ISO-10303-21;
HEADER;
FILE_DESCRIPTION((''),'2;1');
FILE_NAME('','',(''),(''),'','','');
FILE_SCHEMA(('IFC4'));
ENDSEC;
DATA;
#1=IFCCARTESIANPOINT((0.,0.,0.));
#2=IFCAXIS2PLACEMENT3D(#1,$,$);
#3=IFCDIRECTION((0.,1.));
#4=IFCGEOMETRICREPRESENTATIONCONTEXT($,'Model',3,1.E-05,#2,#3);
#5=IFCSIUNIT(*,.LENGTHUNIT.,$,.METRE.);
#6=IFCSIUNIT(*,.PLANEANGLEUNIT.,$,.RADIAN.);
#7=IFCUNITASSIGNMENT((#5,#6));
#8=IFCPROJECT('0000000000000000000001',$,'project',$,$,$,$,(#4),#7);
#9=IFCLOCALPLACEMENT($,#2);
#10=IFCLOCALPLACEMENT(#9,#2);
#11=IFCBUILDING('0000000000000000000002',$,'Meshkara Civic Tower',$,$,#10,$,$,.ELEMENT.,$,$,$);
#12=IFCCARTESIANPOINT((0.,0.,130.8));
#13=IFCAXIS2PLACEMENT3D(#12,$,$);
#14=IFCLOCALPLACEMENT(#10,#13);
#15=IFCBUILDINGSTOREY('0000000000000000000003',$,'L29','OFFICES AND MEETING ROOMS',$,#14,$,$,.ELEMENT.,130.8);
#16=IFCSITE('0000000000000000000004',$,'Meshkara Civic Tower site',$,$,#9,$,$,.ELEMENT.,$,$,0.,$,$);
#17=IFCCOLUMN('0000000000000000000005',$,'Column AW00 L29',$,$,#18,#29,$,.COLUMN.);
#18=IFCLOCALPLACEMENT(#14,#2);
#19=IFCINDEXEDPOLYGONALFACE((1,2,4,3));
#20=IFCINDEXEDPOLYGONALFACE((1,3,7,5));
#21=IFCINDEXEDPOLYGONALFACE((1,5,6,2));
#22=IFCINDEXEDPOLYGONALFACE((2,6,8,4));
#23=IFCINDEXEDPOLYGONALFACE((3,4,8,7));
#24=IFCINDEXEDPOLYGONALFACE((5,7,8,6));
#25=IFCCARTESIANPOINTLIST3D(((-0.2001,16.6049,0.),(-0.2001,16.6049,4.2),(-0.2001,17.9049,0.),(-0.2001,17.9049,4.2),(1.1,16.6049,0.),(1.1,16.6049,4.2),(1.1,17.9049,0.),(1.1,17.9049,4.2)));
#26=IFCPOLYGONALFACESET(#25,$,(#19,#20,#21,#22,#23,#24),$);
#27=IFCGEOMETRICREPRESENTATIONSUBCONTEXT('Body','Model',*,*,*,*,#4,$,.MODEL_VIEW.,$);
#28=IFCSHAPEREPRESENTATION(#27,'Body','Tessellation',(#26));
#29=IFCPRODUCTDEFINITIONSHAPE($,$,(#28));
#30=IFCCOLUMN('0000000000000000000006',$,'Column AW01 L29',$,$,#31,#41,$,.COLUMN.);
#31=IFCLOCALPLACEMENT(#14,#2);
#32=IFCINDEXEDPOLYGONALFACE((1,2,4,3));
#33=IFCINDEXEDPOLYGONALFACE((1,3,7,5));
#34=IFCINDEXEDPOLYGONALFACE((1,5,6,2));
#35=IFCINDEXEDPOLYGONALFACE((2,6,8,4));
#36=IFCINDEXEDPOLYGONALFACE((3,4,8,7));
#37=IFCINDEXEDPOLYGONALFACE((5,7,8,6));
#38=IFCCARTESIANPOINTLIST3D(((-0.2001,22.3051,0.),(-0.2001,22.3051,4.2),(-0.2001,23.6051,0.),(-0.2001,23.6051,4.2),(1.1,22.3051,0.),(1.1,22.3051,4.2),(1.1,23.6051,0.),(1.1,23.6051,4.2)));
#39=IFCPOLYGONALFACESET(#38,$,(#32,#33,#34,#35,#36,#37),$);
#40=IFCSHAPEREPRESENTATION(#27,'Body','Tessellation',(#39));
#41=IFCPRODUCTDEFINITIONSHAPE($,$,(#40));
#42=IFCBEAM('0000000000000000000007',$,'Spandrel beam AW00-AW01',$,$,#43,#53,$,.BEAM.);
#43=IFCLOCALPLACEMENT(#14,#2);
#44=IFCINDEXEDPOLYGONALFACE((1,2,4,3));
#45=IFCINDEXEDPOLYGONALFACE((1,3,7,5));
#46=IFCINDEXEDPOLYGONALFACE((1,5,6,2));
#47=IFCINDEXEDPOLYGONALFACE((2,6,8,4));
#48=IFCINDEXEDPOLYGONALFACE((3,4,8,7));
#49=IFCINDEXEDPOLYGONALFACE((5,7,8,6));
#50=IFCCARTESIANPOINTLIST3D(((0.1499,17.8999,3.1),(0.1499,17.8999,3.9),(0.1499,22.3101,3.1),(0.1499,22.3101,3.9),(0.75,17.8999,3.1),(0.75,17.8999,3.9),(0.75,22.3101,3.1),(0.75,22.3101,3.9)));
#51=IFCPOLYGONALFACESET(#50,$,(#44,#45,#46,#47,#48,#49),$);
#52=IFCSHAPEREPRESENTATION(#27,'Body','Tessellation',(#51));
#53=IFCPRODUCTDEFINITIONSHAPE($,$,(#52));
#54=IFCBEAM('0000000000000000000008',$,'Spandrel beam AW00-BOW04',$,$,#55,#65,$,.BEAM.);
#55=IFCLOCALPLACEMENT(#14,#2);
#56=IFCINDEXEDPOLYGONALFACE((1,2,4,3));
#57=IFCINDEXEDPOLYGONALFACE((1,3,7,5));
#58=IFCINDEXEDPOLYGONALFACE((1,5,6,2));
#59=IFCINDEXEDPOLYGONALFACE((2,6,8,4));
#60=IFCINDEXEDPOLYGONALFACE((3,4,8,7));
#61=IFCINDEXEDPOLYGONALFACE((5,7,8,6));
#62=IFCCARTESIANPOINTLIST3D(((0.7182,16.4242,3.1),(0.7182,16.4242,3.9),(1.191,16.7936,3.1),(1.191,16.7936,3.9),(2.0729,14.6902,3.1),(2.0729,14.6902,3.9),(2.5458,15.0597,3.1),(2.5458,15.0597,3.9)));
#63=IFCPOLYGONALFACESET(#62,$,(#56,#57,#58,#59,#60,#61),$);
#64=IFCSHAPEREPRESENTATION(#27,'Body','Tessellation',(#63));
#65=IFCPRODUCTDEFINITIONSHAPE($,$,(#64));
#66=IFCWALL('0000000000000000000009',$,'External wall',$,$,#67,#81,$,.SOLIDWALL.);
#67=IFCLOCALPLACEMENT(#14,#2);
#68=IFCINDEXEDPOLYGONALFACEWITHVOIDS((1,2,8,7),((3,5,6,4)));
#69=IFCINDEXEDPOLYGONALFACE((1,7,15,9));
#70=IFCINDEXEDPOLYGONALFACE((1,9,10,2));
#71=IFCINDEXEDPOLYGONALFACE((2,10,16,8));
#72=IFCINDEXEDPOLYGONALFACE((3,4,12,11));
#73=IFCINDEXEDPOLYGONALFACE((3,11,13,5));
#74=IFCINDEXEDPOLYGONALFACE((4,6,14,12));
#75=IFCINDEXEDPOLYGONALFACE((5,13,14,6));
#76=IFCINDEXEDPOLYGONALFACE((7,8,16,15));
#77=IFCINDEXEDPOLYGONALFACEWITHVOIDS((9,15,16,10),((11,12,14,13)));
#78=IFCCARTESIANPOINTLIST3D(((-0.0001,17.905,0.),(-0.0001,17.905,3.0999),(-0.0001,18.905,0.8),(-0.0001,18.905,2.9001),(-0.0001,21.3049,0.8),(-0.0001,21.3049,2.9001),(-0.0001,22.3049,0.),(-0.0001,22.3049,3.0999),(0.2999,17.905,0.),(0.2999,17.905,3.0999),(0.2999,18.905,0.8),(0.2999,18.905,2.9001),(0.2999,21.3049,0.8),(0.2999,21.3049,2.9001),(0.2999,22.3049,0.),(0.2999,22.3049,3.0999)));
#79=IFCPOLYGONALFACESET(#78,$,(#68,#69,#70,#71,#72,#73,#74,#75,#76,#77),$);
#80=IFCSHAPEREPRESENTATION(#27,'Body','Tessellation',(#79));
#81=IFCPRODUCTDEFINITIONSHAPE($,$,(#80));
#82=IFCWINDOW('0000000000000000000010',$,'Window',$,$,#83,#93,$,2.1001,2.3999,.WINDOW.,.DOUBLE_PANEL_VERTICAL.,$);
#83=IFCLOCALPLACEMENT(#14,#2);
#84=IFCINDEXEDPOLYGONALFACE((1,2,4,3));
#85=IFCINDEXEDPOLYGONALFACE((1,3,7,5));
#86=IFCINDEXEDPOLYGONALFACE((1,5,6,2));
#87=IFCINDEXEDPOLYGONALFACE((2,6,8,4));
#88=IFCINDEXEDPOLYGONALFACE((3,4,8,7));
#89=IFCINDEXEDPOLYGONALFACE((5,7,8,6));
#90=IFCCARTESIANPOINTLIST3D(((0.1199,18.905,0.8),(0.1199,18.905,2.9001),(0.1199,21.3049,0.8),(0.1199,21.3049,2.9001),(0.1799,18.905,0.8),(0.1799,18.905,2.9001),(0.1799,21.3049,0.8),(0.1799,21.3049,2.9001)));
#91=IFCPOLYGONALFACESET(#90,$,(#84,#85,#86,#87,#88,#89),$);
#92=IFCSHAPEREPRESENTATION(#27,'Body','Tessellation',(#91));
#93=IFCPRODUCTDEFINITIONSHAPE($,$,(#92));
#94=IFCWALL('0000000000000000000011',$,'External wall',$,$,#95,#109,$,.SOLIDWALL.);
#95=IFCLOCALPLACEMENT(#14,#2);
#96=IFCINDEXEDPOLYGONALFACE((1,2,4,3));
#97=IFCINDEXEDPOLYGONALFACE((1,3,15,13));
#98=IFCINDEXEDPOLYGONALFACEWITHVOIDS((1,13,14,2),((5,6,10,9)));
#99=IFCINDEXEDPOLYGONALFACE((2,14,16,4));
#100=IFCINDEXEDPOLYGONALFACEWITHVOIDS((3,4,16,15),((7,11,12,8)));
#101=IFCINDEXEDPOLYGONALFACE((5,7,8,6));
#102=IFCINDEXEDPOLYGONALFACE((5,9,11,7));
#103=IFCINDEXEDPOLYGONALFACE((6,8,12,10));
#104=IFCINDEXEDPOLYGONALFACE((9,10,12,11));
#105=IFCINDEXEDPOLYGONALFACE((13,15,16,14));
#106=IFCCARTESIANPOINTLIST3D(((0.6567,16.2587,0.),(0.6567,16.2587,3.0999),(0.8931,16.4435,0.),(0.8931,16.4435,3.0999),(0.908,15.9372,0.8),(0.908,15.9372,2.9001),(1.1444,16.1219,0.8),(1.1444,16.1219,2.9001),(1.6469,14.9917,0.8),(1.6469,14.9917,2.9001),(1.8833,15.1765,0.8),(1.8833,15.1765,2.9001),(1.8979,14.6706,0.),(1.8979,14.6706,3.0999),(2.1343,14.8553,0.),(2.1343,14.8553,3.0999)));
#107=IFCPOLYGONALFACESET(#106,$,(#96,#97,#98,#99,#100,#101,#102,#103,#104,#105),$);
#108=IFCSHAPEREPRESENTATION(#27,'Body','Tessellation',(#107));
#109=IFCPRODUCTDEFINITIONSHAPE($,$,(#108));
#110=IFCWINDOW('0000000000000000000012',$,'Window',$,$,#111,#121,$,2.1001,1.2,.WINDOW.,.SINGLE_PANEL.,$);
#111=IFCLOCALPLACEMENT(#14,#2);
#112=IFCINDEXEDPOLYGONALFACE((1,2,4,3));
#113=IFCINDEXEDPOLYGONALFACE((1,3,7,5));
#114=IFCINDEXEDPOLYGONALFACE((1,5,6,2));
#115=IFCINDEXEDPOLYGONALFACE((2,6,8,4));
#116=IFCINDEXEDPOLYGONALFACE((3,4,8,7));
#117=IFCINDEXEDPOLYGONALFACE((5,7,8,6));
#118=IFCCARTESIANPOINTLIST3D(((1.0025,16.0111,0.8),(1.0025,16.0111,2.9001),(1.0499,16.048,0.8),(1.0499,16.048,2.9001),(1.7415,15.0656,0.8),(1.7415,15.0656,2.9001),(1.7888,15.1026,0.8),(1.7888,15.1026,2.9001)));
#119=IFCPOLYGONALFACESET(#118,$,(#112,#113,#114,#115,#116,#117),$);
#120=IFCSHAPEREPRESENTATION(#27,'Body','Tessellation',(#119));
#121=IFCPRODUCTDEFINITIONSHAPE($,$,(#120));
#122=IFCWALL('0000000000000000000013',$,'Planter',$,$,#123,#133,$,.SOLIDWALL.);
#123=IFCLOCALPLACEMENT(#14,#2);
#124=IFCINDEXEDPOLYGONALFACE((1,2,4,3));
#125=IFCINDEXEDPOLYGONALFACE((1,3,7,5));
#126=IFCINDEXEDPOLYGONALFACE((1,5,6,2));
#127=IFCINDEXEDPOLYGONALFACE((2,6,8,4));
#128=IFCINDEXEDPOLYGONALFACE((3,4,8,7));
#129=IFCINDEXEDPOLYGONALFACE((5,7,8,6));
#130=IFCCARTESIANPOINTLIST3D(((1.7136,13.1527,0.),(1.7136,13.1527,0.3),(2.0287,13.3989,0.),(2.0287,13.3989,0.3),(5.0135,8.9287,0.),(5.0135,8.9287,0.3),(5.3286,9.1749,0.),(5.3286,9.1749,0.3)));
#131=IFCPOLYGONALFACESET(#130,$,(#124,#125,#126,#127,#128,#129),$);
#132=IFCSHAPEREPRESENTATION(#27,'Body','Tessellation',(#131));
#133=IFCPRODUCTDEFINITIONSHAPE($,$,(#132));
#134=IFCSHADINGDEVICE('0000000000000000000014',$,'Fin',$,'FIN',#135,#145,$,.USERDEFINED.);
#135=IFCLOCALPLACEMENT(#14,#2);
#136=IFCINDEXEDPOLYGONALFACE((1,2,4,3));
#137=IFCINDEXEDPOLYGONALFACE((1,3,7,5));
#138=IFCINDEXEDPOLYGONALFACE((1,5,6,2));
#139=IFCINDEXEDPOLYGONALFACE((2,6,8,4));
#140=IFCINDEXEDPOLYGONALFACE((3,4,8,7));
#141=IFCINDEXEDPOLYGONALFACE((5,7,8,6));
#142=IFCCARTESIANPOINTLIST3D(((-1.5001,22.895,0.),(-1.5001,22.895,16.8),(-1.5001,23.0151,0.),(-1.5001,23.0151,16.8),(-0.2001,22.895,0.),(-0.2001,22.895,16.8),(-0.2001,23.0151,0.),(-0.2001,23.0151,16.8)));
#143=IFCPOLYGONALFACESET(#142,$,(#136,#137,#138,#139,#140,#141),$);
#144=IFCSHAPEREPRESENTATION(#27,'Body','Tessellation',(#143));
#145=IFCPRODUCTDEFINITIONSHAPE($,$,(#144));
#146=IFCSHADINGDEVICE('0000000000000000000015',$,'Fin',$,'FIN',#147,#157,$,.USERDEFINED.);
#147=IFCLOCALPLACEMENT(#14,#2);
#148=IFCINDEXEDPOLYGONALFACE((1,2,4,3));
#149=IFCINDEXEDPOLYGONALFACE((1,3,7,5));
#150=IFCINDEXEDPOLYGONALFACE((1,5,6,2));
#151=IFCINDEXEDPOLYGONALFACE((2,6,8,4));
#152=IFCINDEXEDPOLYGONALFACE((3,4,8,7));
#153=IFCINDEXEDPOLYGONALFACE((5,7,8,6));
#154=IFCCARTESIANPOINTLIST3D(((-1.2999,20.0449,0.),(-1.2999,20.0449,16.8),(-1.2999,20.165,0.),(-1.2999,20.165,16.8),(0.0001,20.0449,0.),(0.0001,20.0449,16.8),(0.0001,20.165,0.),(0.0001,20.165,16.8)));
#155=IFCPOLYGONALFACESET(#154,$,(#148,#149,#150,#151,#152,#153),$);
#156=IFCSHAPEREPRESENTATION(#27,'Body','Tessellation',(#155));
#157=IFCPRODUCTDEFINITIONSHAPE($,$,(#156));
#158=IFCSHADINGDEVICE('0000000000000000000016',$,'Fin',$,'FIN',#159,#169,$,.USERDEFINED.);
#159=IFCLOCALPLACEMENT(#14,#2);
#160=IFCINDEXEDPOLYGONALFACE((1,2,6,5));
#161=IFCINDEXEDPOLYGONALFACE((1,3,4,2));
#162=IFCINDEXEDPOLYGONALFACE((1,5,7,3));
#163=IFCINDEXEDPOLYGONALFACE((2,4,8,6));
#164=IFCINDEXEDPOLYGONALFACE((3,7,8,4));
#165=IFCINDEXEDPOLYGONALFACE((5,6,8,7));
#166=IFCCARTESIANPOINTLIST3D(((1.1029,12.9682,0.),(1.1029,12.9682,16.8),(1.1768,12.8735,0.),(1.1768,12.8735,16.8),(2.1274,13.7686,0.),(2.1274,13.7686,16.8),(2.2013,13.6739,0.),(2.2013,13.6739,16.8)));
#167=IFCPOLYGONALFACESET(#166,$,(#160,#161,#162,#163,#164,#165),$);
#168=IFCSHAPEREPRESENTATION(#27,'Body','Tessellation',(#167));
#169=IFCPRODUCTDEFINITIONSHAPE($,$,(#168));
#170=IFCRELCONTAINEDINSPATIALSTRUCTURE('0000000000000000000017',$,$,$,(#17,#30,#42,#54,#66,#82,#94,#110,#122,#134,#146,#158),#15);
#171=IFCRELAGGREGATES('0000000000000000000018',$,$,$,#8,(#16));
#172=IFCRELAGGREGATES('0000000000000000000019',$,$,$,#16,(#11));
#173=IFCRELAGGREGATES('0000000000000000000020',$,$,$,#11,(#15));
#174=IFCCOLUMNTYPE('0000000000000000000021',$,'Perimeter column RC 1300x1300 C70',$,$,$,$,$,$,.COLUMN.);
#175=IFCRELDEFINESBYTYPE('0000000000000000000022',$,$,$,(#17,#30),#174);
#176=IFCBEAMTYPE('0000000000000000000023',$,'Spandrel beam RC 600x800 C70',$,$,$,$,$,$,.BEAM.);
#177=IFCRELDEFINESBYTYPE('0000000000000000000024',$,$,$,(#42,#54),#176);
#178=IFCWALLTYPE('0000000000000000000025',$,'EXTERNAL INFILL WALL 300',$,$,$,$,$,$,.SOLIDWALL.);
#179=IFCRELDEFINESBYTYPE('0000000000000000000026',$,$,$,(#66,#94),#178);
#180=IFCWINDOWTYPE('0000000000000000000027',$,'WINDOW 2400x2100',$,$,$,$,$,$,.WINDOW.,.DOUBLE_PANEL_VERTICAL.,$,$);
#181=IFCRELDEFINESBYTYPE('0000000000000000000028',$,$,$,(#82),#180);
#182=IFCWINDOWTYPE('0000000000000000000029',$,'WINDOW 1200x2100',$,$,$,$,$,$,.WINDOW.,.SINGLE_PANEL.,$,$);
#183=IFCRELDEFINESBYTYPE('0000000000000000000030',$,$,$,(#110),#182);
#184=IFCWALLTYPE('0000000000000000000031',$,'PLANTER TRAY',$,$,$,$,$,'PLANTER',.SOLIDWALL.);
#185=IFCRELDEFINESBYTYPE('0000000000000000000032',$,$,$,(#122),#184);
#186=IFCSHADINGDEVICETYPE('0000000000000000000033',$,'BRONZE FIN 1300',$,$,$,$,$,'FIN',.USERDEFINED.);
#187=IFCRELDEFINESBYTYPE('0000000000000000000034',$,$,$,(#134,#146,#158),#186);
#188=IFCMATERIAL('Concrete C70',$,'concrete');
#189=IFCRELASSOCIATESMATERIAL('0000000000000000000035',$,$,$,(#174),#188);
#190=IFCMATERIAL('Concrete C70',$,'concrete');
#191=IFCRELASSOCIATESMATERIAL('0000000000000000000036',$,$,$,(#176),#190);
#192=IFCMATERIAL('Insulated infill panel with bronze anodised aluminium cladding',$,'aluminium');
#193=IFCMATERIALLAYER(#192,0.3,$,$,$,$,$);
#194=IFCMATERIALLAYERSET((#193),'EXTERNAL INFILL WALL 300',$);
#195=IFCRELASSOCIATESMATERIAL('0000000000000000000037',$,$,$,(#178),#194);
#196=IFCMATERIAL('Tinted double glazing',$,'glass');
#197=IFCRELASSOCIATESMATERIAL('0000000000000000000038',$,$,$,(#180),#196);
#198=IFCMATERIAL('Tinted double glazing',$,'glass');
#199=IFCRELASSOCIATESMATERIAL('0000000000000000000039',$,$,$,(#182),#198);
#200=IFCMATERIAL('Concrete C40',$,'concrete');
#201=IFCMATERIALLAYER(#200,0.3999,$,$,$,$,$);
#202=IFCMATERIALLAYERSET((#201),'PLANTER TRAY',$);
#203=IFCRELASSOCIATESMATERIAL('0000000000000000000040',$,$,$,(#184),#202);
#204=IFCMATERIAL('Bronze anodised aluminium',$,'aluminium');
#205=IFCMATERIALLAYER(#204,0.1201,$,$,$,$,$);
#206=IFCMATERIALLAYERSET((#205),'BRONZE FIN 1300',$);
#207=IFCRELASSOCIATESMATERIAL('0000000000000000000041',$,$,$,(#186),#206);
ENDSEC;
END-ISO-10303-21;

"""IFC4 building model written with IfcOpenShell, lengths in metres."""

from ifc_helpers import new_model, si_unit, direction, frame, frame_2d, origin, origin_2d, place, context, subcontext, project, spatial, rectangle, extrude, material, layer, layer_set, material_profile, profile_set, type_object, element, fill, save


model = new_model("IFC4")

# Units and contexts
model_context = context("Model", 3, precision=1e-05, world=origin(), true_north=direction((0.0, 1.0)))
body_context = subcontext(model_context, "Body", "Model", "MODEL_VIEW")
ifc_project = project(units=[si_unit("LENGTHUNIT", "METRE"), si_unit("PLANEANGLEUNIT", "RADIAN")], contexts=[model_context])

# Site, building, storey
site_placement = place(None, origin())
site = spatial("IfcSite", under=ifc_project, at=site_placement, Name="Meshkara Civic Tower site", CompositionType="ELEMENT", RefElevation=0.0)
building_placement = place(site_placement, origin())
building = spatial("IfcBuilding", under=site, at=building_placement, Name="Meshkara Civic Tower", CompositionType="ELEMENT")
storey_placement = place(building_placement, frame((0.0, 0.0, 130.8)))
storey = spatial("IfcBuildingStorey", under=building, at=storey_placement, Name="L29", Description="OFFICES AND MEETING ROOMS", CompositionType="ELEMENT", Elevation=130.8)

# Columns
ifc_material_1 = material(Name="Concrete C70", Category="concrete")
ifc_material_profile_1 = material_profile(ifc_material_1, rectangle(XDim=1.3, YDim=1.3, at=origin_2d()))
ifc_profile_set_1 = profile_set([ifc_material_profile_1], Name="Concrete C70")
column_type = type_object("IfcColumnType", Name="Perimeter column RC 1300x1300 C70", PredefinedType="COLUMN", material=ifc_profile_set_1)
for number, where, z_axis, x_axis, name in (
    (1, (0.45, 17.2549, 0.0), (0.0, 0.0, 1.0), (1.0, 0.0, 0.0), "Column AW00 L29"),
    (2, (0.45, 22.9551, 0.0), (0.0, 0.0, 1.0), (1.0, 0.0, 0.0), "Column AW01 L29"),
):
    element("IfcColumn", number, at=place(storey_placement, frame(where, z_axis=z_axis, x_axis=x_axis)), inside=storey, type_object=column_type, Name=name, PredefinedType="COLUMN", context=body_context, shape_type="SweptSolid", body=[
        extrude(rectangle(XDim=1.3, YDim=1.3, at=origin_2d()), origin(), (0.0, 0.0, 1.0), 4.2),
    ])

# Beams
ifc_material_2 = material(Name="Concrete C70", Category="concrete")
ifc_material_profile_2 = material_profile(ifc_material_2, rectangle(XDim=0.6001, YDim=0.8, at=origin_2d()))
ifc_profile_set_2 = profile_set([ifc_material_profile_2], Name="Concrete C70")
beam_type = type_object("IfcBeamType", Name="Spandrel beam RC 600x800 C70", PredefinedType="BEAM", material=ifc_profile_set_2)
beam_1_placement = place(storey_placement, frame((0.45, 22.3101, 3.5), z_axis=(0.0, -1.0, 0.0), x_axis=(1.0, 0.0, 0.0)))
element("IfcBeam", 3, at=beam_1_placement, inside=storey, type_object=beam_type, Name="Spandrel beam AW00-AW01", PredefinedType="BEAM", context=body_context, shape_type="SweptSolid", body=[
    extrude(rectangle(XDim=0.6001, YDim=0.8, at=origin_2d()), origin(), (0.0, 0.0, 1.0), 4.4102),
])
beam_2_placement = place(storey_placement, frame((0.9546, 16.6089, 3.5), z_axis=(0.615683, -0.787994, 0.0), x_axis=(0.787994, 0.615683, 0.0)))
element("IfcBeam", 4, at=beam_2_placement, inside=storey, type_object=beam_type, Name="Spandrel beam AW00-BOW04", PredefinedType="BEAM", context=body_context, shape_type="SweptSolid", body=[
    extrude(rectangle(XDim=0.6001, YDim=0.8, at=origin_2d()), origin(), (0.0, 0.0, 1.0), 2.2004),
])

# Walls, openings, windows
ifc_material_3 = material(Name="Insulated infill panel with bronze anodised aluminium cladding", Category="aluminium")
ifc_layer_1 = layer(ifc_material_3, 0.3)
ifc_layer_set_1 = layer_set([ifc_layer_1], Name="EXTERNAL INFILL WALL 300")
wall_type_1 = type_object("IfcWallType", Name="EXTERNAL INFILL WALL 300", PredefinedType="SOLIDWALL", material=ifc_layer_set_1)
wall_1_placement = place(storey_placement, frame((0.1499, 22.3049, 0.0), z_axis=(0.0, 0.0, 1.0), x_axis=(0.0, -1.0, 0.0)))
wall_1 = element("IfcWall", 5, at=wall_1_placement, inside=storey, type_object=wall_type_1, Name="External wall", PredefinedType="SOLIDWALL", context=body_context, shape_type="SweptSolid", body=[
    extrude(rectangle(XDim=4.3999, YDim=0.3, at=frame_2d((2.2, 0.0))), origin(), (0.0, 0.0, 1.0), 3.0999),
])
opening_1_placement = place(wall_1_placement, frame((1.0, 0.0, 0.8)))
opening_1 = element("IfcOpeningElement", 6, at=opening_1_placement, cuts=wall_1, PredefinedType="OPENING", context=body_context, shape_type="SweptSolid", body=[
    extrude(rectangle(XDim=2.3999, YDim=2.1001, at=frame_2d((1.2, 1.05))), frame((0.0, 0.1599, 0.0), z_axis=(0.0, -1.0, 0.0), x_axis=(1.0, 0.0, 0.0)), (0.0, 0.0, 1.0), 0.3201),
])
ifc_material_4 = material(Name="Tinted double glazing", Category="glass")
window_type_1 = type_object("IfcWindowType", Name="WINDOW 2400x2100", PartitioningType="DOUBLE_PANEL_VERTICAL", PredefinedType="WINDOW", material=ifc_material_4)
window_1_placement = place(opening_1_placement, origin())
window_1 = element("IfcWindow", 7, at=window_1_placement, inside=storey, type_object=window_type_1, Name="Window", OverallHeight=2.1001, OverallWidth=2.3999, PartitioningType="DOUBLE_PANEL_VERTICAL", PredefinedType="WINDOW", context=body_context, shape_type="SweptSolid", body=[
    extrude(rectangle(XDim=2.3999, YDim=2.1001, at=frame_2d((1.2, 1.05))), frame((0.0, 0.03, 0.0), z_axis=(0.0, -1.0, 0.0), x_axis=(1.0, 0.0, 0.0)), (0.0, 0.0, 1.0), 0.0601),
])
fill(opening_1, window_1)
wall_2_placement = place(storey_placement, frame((0.7749, 16.3511, 0.0), z_axis=(0.0, 0.0, 1.0), x_axis=(0.615792, -0.787909, 0.0)))
wall_2 = element("IfcWall", 8, at=wall_2_placement, inside=storey, type_object=wall_type_1, Name="External wall", PredefinedType="SOLIDWALL", context=body_context, shape_type="SweptSolid", body=[
    extrude(rectangle(XDim=2.0156, YDim=0.3, at=frame_2d((1.0078, 0.0))), origin(), (0.0, 0.0, 1.0), 3.0999),
])
opening_2_placement = place(wall_2_placement, frame((0.408, 0.0, 0.8)))
opening_2 = element("IfcOpeningElement", 9, at=opening_2_placement, cuts=wall_2, PredefinedType="OPENING", context=body_context, shape_type="SweptSolid", body=[
    extrude(rectangle(XDim=1.2, YDim=2.1001, at=frame_2d((0.6001, 1.05))), frame((0.0, 0.1599, 0.0), z_axis=(0.0, -1.0, 0.0), x_axis=(1.0, 0.0, 0.0)), (0.0, 0.0, 1.0), 0.3201),
])
ifc_material_5 = material(Name="Tinted double glazing", Category="glass")
window_type_2 = type_object("IfcWindowType", Name="WINDOW 1200x2100", PartitioningType="SINGLE_PANEL", PredefinedType="WINDOW", material=ifc_material_5)
window_2_placement = place(opening_2_placement, origin())
window_2 = element("IfcWindow", 10, at=window_2_placement, inside=storey, type_object=window_type_2, Name="Window", OverallHeight=2.1001, OverallWidth=1.2, PartitioningType="SINGLE_PANEL", PredefinedType="WINDOW", context=body_context, shape_type="SweptSolid", body=[
    extrude(rectangle(XDim=1.2, YDim=2.1001, at=frame_2d((0.6001, 1.05))), frame((0.0, 0.03, 0.0), z_axis=(0.0, -1.0, 0.0), x_axis=(1.0, 0.0, 0.0)), (0.0, 0.0, 1.0), 0.0601),
])
fill(opening_2, window_2)

# Wall
ifc_material_6 = material(Name="Concrete C40", Category="concrete")
ifc_layer_2 = layer(ifc_material_6, 0.3999)
ifc_layer_set_2 = layer_set([ifc_layer_2], Name="PLANTER TRAY")
wall_type_2 = type_object("IfcWallType", Name="PLANTER TRAY", ElementType="PLANTER", PredefinedType="SOLIDWALL", material=ifc_layer_set_2)
wall_3_placement = place(storey_placement, frame((1.8711, 13.2759, 0.0), z_axis=(0.0, 0.0, 1.0), x_axis=(0.615633, -0.788033, 0.0)))
element("IfcWall", 11, at=wall_3_placement, inside=storey, type_object=wall_type_2, Name="Planter", PredefinedType="SOLIDWALL", context=body_context, shape_type="SweptSolid", body=[
    extrude(rectangle(XDim=5.3601, YDim=0.3999, at=frame_2d((2.6802, 0.0))), origin(), (0.0, 0.0, 1.0), 0.3),
])

# Shading devices
ifc_material_7 = material(Name="Bronze anodised aluminium", Category="aluminium")
ifc_layer_3 = layer(ifc_material_7, 0.1201)
ifc_layer_set_3 = layer_set([ifc_layer_3], Name="BRONZE FIN 1300")
shading_device_type = type_object("IfcShadingDeviceType", Name="BRONZE FIN 1300", ElementType="FIN", PredefinedType="USERDEFINED", material=ifc_layer_set_3)
for number, where, z_axis, x_axis, name in (
    (12, (-0.8501, 22.9551, 0.0), (0.0, 0.0, 1.0), (0.0, -1.0, 0.0), "Fin"),
    (13, (-0.6499, 20.105, 0.0), (0.0, 0.0, 1.0), (0.0, -1.0, 0.0), "Fin"),
    (14, (1.6521, 13.321, 0.0), (0.0, 0.0, 1.0), (0.615661, -0.788011, 0.0), "Fin"),
):
    element("IfcShadingDevice", number, at=place(storey_placement, frame(where, z_axis=z_axis, x_axis=x_axis)), inside=storey, type_object=shading_device_type, Name=name, ObjectType="FIN", PredefinedType="USERDEFINED", context=body_context, shape_type="SweptSolid", body=[
        extrude(rectangle(XDim=0.1201, YDim=1.3, at=origin_2d()), origin(), (0.0, 0.0, 1.0), 16.8),
    ])

save(model, "model.ifc")
